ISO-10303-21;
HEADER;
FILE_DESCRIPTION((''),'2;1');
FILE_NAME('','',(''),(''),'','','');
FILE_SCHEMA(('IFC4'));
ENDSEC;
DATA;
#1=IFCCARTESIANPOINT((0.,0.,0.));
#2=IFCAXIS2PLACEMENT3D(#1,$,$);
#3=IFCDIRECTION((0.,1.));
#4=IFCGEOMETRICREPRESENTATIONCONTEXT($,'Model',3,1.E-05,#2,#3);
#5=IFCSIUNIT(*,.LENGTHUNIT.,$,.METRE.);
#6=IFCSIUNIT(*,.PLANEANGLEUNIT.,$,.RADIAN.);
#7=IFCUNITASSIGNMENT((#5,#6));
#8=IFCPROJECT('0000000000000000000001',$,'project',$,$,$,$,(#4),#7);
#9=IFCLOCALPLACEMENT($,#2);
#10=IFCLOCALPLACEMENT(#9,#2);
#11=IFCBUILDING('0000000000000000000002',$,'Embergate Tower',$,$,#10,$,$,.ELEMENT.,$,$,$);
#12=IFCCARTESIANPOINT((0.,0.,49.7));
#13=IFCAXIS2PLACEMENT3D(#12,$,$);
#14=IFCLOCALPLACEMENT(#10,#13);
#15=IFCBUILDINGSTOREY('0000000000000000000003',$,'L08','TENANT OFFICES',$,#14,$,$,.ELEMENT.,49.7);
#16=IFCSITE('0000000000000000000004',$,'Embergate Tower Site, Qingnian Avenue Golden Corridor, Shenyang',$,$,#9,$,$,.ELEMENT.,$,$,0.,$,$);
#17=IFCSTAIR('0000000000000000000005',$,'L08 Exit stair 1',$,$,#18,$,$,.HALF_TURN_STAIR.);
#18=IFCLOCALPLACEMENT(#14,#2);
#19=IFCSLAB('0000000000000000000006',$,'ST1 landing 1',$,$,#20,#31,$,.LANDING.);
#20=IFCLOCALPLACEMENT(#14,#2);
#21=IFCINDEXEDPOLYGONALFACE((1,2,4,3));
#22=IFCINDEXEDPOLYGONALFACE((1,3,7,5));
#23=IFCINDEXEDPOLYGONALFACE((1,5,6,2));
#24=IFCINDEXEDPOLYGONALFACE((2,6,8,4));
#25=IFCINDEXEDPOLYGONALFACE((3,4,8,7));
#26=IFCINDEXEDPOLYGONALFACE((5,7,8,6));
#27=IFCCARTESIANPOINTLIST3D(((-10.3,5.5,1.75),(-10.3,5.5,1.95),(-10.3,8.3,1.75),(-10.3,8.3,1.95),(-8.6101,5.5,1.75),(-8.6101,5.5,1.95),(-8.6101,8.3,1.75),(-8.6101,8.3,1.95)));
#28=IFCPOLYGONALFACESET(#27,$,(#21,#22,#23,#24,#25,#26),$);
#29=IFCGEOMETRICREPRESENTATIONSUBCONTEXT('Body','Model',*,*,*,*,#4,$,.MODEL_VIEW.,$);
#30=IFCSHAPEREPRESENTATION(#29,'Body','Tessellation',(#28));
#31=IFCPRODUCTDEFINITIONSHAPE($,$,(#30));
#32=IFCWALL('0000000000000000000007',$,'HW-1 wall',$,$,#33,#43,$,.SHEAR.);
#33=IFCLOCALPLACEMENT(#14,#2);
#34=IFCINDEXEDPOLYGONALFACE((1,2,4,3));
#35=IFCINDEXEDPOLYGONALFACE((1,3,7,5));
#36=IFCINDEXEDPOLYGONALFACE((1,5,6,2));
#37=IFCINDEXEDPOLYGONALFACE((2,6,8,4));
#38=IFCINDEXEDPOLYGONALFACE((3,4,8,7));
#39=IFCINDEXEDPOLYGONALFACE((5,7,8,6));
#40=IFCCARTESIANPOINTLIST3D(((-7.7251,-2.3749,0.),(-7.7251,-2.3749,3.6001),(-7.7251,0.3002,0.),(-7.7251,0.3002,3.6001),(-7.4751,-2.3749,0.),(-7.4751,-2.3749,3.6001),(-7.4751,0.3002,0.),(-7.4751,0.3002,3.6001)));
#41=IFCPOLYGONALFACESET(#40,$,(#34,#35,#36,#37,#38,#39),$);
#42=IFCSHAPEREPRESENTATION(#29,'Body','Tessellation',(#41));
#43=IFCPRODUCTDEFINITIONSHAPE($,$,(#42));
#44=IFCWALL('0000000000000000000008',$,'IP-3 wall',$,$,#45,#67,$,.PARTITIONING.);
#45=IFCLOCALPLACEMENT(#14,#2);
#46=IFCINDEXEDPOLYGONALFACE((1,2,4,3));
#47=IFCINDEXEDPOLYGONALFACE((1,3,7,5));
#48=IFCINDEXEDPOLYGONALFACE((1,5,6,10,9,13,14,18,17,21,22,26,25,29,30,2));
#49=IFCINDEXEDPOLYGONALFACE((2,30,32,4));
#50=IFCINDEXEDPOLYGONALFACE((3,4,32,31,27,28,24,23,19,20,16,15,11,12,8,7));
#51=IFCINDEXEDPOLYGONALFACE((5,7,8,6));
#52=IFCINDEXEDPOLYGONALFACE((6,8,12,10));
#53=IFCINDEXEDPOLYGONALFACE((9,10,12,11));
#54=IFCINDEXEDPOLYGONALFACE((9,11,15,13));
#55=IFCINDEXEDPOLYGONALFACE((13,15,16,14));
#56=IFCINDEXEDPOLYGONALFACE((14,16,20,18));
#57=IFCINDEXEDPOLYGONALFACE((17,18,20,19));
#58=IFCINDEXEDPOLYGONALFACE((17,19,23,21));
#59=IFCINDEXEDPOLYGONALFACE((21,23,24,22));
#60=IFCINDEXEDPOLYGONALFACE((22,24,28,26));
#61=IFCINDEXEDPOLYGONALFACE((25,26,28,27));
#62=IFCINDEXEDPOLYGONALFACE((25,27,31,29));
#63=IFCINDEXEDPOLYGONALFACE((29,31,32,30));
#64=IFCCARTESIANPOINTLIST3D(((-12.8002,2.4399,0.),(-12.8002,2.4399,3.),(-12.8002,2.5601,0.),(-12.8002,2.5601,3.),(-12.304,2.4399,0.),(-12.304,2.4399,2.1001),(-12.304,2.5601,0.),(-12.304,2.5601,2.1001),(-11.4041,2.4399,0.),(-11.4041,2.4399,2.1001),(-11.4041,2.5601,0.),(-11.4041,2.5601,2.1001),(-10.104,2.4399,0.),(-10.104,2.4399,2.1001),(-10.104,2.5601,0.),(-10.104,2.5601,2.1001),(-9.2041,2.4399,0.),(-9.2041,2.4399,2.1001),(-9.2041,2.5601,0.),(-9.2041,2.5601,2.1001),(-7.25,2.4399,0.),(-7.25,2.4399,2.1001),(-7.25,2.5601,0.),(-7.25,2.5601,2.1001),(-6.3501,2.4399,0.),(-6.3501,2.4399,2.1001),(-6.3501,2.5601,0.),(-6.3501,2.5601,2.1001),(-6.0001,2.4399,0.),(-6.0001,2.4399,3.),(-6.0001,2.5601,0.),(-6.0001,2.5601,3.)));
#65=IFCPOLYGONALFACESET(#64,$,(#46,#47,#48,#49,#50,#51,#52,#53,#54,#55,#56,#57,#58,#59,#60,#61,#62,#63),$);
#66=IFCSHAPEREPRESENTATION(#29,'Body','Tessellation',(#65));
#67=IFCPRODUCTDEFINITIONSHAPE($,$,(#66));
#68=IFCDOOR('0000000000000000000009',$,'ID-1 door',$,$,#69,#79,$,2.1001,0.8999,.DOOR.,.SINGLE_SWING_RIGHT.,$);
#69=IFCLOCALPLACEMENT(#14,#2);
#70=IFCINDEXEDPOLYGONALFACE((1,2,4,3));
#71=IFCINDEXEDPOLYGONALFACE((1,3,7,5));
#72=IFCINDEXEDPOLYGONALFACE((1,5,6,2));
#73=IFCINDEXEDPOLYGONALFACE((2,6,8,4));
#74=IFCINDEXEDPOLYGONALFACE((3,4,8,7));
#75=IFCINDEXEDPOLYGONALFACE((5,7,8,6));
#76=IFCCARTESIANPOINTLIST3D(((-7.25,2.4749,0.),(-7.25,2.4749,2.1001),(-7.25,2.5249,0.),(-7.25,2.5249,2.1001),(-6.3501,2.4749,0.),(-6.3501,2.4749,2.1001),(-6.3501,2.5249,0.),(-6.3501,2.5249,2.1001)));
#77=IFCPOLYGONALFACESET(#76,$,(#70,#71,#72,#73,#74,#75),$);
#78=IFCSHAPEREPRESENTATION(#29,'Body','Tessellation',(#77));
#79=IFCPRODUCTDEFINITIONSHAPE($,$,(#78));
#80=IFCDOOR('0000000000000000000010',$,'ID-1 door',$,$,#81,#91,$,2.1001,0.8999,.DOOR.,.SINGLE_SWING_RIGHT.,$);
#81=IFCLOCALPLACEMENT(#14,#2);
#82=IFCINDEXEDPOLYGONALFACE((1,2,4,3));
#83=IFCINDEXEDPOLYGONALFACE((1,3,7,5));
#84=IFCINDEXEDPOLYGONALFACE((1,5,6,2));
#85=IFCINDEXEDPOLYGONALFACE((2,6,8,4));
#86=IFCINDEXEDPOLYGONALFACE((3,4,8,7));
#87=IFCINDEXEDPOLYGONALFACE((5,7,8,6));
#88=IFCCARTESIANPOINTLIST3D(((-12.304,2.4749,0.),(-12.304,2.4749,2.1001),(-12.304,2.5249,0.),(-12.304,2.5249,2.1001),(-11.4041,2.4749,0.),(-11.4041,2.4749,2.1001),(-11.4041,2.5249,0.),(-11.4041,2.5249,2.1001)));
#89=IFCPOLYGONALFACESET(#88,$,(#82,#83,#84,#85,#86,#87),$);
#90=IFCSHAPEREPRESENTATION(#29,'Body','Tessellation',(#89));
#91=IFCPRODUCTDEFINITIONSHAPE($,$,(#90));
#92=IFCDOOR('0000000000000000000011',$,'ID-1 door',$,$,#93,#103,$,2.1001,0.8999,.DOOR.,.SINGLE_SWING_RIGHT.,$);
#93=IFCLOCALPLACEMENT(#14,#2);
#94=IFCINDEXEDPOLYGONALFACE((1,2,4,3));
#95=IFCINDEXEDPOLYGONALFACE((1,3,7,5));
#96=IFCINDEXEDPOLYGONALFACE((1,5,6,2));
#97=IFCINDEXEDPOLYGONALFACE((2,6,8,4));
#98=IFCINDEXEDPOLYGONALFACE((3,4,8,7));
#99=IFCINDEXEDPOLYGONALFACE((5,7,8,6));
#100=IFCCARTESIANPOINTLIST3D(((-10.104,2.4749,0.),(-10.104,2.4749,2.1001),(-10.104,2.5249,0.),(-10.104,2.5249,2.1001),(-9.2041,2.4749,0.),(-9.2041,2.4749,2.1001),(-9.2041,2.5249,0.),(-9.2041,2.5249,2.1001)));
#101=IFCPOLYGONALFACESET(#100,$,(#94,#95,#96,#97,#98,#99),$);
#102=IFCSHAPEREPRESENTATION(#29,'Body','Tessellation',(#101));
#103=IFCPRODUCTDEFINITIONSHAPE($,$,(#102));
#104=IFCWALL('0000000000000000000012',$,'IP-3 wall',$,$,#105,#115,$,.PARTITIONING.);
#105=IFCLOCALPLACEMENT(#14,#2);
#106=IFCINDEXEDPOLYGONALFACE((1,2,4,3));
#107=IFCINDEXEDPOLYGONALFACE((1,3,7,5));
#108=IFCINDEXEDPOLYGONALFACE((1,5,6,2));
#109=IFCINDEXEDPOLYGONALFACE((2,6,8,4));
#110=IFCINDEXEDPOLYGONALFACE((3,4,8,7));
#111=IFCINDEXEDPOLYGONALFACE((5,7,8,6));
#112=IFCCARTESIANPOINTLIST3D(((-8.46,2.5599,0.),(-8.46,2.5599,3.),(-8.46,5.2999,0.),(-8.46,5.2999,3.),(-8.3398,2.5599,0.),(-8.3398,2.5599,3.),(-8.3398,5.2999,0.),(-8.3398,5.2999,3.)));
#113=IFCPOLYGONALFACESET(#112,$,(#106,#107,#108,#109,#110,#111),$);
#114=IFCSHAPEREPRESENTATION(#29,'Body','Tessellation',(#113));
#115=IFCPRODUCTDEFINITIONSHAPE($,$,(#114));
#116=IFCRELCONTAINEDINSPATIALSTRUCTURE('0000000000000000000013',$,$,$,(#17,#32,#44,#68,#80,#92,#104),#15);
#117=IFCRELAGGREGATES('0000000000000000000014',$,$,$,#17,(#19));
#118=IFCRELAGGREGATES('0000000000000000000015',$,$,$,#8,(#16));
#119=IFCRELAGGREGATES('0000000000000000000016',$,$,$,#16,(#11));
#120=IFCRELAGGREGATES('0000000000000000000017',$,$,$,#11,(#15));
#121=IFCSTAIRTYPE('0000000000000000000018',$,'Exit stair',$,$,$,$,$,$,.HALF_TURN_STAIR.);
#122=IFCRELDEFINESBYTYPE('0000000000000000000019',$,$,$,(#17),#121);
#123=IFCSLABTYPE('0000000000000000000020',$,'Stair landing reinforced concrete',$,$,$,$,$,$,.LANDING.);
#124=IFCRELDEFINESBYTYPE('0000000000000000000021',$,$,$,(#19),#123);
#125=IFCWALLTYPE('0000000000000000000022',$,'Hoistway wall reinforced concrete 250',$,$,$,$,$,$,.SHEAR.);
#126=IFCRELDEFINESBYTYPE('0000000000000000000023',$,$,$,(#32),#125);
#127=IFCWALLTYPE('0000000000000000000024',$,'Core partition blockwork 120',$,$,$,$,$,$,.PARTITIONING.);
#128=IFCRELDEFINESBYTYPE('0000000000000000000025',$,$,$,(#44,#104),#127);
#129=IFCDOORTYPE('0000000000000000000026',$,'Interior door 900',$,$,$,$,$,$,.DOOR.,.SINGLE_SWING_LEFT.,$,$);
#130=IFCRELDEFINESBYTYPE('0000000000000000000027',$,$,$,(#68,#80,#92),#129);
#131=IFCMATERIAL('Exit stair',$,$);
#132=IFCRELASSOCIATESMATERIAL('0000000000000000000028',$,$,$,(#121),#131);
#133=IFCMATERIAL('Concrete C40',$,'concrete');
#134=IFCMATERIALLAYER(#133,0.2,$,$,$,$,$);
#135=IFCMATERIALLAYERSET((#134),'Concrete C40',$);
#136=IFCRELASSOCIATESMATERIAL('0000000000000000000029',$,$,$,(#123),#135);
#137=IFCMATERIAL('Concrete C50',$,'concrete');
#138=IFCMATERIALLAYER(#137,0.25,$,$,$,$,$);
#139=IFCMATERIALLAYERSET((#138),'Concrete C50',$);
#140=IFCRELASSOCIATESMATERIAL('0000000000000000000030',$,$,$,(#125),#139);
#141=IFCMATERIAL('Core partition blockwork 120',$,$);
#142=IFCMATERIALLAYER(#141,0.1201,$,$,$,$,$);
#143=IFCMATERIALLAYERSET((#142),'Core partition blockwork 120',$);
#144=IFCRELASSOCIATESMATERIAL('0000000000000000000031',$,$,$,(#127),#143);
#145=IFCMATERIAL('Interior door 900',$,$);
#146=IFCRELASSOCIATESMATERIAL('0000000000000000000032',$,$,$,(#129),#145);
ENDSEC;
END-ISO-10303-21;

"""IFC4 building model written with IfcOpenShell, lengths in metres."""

from ifc_helpers import new_model, si_unit, direction, frame, frame_2d, origin, place, context, subcontext, project, spatial, polyline, rectangle, outline, extrude, source, transform, mapped, material, layer, layer_set, type_object, element, fill, aggregate, save


model = new_model("IFC4")

# Units and contexts
model_context = context("Model", 3, precision=1e-05, world=origin(), true_north=direction((0.0, 1.0)))
body_context = subcontext(model_context, "Body", "Model", "MODEL_VIEW")
ifc_project = project(units=[si_unit("LENGTHUNIT", "METRE"), si_unit("PLANEANGLEUNIT", "RADIAN")], contexts=[model_context])

# Site, building, storey
site_placement = place(None, origin())
site = spatial("IfcSite", under=ifc_project, at=site_placement, Name="Embergate Tower Site, Qingnian Avenue Golden Corridor, Shenyang", CompositionType="ELEMENT", RefElevation=0.0)
building_placement = place(site_placement, origin())
building = spatial("IfcBuilding", under=site, at=building_placement, Name="Embergate Tower", CompositionType="ELEMENT")
storey_placement = place(building_placement, frame((0.0, 0.0, 49.7)))
storey = spatial("IfcBuildingStorey", under=building, at=storey_placement, Name="L08", Description="TENANT OFFICES", CompositionType="ELEMENT", Elevation=49.7)

# Stair, slab
ifc_material_1 = material(Name="Exit stair")
stair_type = type_object("IfcStairType", Name="Exit stair", PredefinedType="HALF_TURN_STAIR", material=ifc_material_1)
stair_placement = place(storey_placement, origin())
stair = element("IfcStair", 1, at=stair_placement, inside=storey, type_object=stair_type, Name="L08 Exit stair 1", PredefinedType="HALF_TURN_STAIR")
ifc_material_2 = material(Name="Concrete C40", Category="concrete")
ifc_layer_1 = layer(ifc_material_2, 0.2)
ifc_layer_set_1 = layer_set([ifc_layer_1], Name="Concrete C40")
slab_type = type_object("IfcSlabType", Name="Stair landing reinforced concrete", PredefinedType="LANDING", material=ifc_layer_set_1)
shared_shape_1 = source(origin(), body_context, "Body", "SweptSolid", [
    extrude(outline(polyline([(0.0, 0.0), (1.6899, 0.0), (1.6899, 2.8), (0.0, 2.8), (0.0, 0.0)])), origin(), (0.0, 0.0, 1.0), 0.2),
])
slab_placement = place(storey_placement, frame((-10.3, 5.5, 1.75)))
slab = element("IfcSlab", 2, at=slab_placement, type_object=slab_type, Name="ST1 landing 1", PredefinedType="LANDING", context=body_context, shape_type="MappedRepresentation", body=[
    mapped(shared_shape_1, transform((0.0, 0.0, 0.0))),
])

# Wall
ifc_material_3 = material(Name="Concrete C50", Category="concrete")
ifc_layer_2 = layer(ifc_material_3, 0.25)
ifc_layer_set_2 = layer_set([ifc_layer_2], Name="Concrete C50")
wall_type_1 = type_object("IfcWallType", Name="Hoistway wall reinforced concrete 250", PredefinedType="SHEAR", material=ifc_layer_set_2)
shared_shape_2 = source(origin(), body_context, "Body", "SweptSolid", [
    extrude(rectangle(XDim=2.675, YDim=0.25, at=frame_2d((1.3374, 0.0))), origin(), (0.0, 0.0, 1.0), 3.6001),
])
wall_1_placement = place(storey_placement, frame((-7.6001, 0.3, 0.0), z_axis=(0.0, 0.0, 1.0), x_axis=(0.0, -1.0, 0.0)))
element("IfcWall", 3, at=wall_1_placement, inside=storey, type_object=wall_type_1, Name="HW-1 wall", PredefinedType="SHEAR", context=body_context, shape_type="MappedRepresentation", body=[
    mapped(shared_shape_2, transform((0.0, 0.0, 0.0))),
])

# Wall, openings, doors
ifc_material_4 = material(Name="Core partition blockwork 120")
ifc_layer_3 = layer(ifc_material_4, 0.1201)
ifc_layer_set_3 = layer_set([ifc_layer_3], Name="Core partition blockwork 120")
wall_type_2 = type_object("IfcWallType", Name="Core partition blockwork 120", PredefinedType="PARTITIONING", material=ifc_layer_set_3)
shared_shape_3 = source(origin(), body_context, "Body", "SweptSolid", [
    extrude(rectangle(XDim=6.8, YDim=0.1201, at=frame_2d((3.3999, 0.0))), origin(), (0.0, 0.0, 1.0), 3.0),
])
wall_2_placement = place(storey_placement, frame((-12.8, 2.5, 0.0), z_axis=(0.0, 0.0, 1.0), x_axis=(1.0, 0.0, 0.0)))
wall_2 = element("IfcWall", 4, at=wall_2_placement, inside=storey, type_object=wall_type_2, Name="IP-3 wall", PredefinedType="PARTITIONING", context=body_context, shape_type="MappedRepresentation", body=[
    mapped(shared_shape_3, transform((0.0, 0.0, 0.0))),
])
shared_shape_4 = source(origin(), body_context, "Body", "SweptSolid", [
    extrude(rectangle(XDim=0.8999, YDim=2.1001, at=frame_2d((0.45, 1.05))), frame((0.0, 0.0701, 0.0), z_axis=(0.0, -1.0, 0.0), x_axis=(1.0, 0.0, 0.0)), (0.0, 0.0, 1.0), 0.1401),
])
opening_1_placement = place(wall_2_placement, frame((5.55, 0.0, 0.0)))
opening_1 = element("IfcOpeningElement", 5, at=opening_1_placement, cuts=wall_2, PredefinedType="OPENING", context=body_context, shape_type="MappedRepresentation", body=[
    mapped(shared_shape_4, transform((0.0, 0.0, 0.0))),
])
opening_2_placement = place(wall_2_placement, frame((0.4961, 0.0, 0.0)))
opening_2 = element("IfcOpeningElement", 6, at=opening_2_placement, cuts=wall_2, PredefinedType="OPENING", context=body_context, shape_type="MappedRepresentation", body=[
    mapped(shared_shape_4, transform((0.0, 0.0, 0.0))),
])
opening_3_placement = place(wall_2_placement, frame((2.696, 0.0, 0.0)))
opening_3 = element("IfcOpeningElement", 7, at=opening_3_placement, cuts=wall_2, PredefinedType="OPENING", context=body_context, shape_type="MappedRepresentation", body=[
    mapped(shared_shape_4, transform((0.0, 0.0, 0.0))),
])
ifc_material_5 = material(Name="Interior door 900")
door_type_1 = type_object("IfcDoorType", Name="Interior door 900", OperationType="SINGLE_SWING_LEFT", PredefinedType="DOOR", material=ifc_material_5)
shared_shape_5 = source(origin(), body_context, "Body", "SweptSolid", [
    extrude(rectangle(XDim=0.8999, YDim=2.1001, at=frame_2d((0.45, 1.05))), frame((0.0, 0.0249, 0.0), z_axis=(0.0, -1.0, 0.0), x_axis=(1.0, 0.0, 0.0)), (0.0, 0.0, 1.0), 0.05),
])
door_1_placement = place(opening_1_placement, origin())
door_1 = element("IfcDoor", 8, at=door_1_placement, inside=storey, type_object=door_type_1, Name="ID-1 door", OperationType="SINGLE_SWING_RIGHT", OverallHeight=2.1001, OverallWidth=0.8999, PredefinedType="DOOR", context=body_context, shape_type="MappedRepresentation", body=[
    mapped(shared_shape_5, transform((0.0, 0.0, 0.0))),
])
fill(opening_1, door_1)
door_2_placement = place(opening_2_placement, origin())
door_2 = element("IfcDoor", 9, at=door_2_placement, inside=storey, type_object=door_type_1, Name="ID-1 door", OperationType="SINGLE_SWING_RIGHT", OverallHeight=2.1001, OverallWidth=0.8999, PredefinedType="DOOR", context=body_context, shape_type="MappedRepresentation", body=[
    mapped(shared_shape_5, transform((0.0, 0.0, 0.0))),
])
fill(opening_2, door_2)
door_3_placement = place(opening_3_placement, origin())
door_3 = element("IfcDoor", 10, at=door_3_placement, inside=storey, type_object=door_type_1, Name="ID-1 door", OperationType="SINGLE_SWING_RIGHT", OverallHeight=2.1001, OverallWidth=0.8999, PredefinedType="DOOR", context=body_context, shape_type="MappedRepresentation", body=[
    mapped(shared_shape_5, transform((0.0, 0.0, 0.0))),
])
fill(opening_3, door_3)

# Wall
shared_shape_6 = source(origin(), body_context, "Body", "SweptSolid", [
    extrude(rectangle(XDim=2.74, YDim=0.1201, at=frame_2d((1.3701, 0.0))), origin(), (0.0, 0.0, 1.0), 3.0),
])
wall_3_placement = place(storey_placement, frame((-8.3999, 5.3, 0.0), z_axis=(0.0, 0.0, 1.0), x_axis=(0.0, -1.0, 0.0)))
element("IfcWall", 11, at=wall_3_placement, inside=storey, type_object=wall_type_2, Name="IP-3 wall", PredefinedType="PARTITIONING", context=body_context, shape_type="MappedRepresentation", body=[
    mapped(shared_shape_6, transform((0.0, 0.0, 0.0))),
])

aggregate(stair, [slab])

save(model, "model.ifc")
